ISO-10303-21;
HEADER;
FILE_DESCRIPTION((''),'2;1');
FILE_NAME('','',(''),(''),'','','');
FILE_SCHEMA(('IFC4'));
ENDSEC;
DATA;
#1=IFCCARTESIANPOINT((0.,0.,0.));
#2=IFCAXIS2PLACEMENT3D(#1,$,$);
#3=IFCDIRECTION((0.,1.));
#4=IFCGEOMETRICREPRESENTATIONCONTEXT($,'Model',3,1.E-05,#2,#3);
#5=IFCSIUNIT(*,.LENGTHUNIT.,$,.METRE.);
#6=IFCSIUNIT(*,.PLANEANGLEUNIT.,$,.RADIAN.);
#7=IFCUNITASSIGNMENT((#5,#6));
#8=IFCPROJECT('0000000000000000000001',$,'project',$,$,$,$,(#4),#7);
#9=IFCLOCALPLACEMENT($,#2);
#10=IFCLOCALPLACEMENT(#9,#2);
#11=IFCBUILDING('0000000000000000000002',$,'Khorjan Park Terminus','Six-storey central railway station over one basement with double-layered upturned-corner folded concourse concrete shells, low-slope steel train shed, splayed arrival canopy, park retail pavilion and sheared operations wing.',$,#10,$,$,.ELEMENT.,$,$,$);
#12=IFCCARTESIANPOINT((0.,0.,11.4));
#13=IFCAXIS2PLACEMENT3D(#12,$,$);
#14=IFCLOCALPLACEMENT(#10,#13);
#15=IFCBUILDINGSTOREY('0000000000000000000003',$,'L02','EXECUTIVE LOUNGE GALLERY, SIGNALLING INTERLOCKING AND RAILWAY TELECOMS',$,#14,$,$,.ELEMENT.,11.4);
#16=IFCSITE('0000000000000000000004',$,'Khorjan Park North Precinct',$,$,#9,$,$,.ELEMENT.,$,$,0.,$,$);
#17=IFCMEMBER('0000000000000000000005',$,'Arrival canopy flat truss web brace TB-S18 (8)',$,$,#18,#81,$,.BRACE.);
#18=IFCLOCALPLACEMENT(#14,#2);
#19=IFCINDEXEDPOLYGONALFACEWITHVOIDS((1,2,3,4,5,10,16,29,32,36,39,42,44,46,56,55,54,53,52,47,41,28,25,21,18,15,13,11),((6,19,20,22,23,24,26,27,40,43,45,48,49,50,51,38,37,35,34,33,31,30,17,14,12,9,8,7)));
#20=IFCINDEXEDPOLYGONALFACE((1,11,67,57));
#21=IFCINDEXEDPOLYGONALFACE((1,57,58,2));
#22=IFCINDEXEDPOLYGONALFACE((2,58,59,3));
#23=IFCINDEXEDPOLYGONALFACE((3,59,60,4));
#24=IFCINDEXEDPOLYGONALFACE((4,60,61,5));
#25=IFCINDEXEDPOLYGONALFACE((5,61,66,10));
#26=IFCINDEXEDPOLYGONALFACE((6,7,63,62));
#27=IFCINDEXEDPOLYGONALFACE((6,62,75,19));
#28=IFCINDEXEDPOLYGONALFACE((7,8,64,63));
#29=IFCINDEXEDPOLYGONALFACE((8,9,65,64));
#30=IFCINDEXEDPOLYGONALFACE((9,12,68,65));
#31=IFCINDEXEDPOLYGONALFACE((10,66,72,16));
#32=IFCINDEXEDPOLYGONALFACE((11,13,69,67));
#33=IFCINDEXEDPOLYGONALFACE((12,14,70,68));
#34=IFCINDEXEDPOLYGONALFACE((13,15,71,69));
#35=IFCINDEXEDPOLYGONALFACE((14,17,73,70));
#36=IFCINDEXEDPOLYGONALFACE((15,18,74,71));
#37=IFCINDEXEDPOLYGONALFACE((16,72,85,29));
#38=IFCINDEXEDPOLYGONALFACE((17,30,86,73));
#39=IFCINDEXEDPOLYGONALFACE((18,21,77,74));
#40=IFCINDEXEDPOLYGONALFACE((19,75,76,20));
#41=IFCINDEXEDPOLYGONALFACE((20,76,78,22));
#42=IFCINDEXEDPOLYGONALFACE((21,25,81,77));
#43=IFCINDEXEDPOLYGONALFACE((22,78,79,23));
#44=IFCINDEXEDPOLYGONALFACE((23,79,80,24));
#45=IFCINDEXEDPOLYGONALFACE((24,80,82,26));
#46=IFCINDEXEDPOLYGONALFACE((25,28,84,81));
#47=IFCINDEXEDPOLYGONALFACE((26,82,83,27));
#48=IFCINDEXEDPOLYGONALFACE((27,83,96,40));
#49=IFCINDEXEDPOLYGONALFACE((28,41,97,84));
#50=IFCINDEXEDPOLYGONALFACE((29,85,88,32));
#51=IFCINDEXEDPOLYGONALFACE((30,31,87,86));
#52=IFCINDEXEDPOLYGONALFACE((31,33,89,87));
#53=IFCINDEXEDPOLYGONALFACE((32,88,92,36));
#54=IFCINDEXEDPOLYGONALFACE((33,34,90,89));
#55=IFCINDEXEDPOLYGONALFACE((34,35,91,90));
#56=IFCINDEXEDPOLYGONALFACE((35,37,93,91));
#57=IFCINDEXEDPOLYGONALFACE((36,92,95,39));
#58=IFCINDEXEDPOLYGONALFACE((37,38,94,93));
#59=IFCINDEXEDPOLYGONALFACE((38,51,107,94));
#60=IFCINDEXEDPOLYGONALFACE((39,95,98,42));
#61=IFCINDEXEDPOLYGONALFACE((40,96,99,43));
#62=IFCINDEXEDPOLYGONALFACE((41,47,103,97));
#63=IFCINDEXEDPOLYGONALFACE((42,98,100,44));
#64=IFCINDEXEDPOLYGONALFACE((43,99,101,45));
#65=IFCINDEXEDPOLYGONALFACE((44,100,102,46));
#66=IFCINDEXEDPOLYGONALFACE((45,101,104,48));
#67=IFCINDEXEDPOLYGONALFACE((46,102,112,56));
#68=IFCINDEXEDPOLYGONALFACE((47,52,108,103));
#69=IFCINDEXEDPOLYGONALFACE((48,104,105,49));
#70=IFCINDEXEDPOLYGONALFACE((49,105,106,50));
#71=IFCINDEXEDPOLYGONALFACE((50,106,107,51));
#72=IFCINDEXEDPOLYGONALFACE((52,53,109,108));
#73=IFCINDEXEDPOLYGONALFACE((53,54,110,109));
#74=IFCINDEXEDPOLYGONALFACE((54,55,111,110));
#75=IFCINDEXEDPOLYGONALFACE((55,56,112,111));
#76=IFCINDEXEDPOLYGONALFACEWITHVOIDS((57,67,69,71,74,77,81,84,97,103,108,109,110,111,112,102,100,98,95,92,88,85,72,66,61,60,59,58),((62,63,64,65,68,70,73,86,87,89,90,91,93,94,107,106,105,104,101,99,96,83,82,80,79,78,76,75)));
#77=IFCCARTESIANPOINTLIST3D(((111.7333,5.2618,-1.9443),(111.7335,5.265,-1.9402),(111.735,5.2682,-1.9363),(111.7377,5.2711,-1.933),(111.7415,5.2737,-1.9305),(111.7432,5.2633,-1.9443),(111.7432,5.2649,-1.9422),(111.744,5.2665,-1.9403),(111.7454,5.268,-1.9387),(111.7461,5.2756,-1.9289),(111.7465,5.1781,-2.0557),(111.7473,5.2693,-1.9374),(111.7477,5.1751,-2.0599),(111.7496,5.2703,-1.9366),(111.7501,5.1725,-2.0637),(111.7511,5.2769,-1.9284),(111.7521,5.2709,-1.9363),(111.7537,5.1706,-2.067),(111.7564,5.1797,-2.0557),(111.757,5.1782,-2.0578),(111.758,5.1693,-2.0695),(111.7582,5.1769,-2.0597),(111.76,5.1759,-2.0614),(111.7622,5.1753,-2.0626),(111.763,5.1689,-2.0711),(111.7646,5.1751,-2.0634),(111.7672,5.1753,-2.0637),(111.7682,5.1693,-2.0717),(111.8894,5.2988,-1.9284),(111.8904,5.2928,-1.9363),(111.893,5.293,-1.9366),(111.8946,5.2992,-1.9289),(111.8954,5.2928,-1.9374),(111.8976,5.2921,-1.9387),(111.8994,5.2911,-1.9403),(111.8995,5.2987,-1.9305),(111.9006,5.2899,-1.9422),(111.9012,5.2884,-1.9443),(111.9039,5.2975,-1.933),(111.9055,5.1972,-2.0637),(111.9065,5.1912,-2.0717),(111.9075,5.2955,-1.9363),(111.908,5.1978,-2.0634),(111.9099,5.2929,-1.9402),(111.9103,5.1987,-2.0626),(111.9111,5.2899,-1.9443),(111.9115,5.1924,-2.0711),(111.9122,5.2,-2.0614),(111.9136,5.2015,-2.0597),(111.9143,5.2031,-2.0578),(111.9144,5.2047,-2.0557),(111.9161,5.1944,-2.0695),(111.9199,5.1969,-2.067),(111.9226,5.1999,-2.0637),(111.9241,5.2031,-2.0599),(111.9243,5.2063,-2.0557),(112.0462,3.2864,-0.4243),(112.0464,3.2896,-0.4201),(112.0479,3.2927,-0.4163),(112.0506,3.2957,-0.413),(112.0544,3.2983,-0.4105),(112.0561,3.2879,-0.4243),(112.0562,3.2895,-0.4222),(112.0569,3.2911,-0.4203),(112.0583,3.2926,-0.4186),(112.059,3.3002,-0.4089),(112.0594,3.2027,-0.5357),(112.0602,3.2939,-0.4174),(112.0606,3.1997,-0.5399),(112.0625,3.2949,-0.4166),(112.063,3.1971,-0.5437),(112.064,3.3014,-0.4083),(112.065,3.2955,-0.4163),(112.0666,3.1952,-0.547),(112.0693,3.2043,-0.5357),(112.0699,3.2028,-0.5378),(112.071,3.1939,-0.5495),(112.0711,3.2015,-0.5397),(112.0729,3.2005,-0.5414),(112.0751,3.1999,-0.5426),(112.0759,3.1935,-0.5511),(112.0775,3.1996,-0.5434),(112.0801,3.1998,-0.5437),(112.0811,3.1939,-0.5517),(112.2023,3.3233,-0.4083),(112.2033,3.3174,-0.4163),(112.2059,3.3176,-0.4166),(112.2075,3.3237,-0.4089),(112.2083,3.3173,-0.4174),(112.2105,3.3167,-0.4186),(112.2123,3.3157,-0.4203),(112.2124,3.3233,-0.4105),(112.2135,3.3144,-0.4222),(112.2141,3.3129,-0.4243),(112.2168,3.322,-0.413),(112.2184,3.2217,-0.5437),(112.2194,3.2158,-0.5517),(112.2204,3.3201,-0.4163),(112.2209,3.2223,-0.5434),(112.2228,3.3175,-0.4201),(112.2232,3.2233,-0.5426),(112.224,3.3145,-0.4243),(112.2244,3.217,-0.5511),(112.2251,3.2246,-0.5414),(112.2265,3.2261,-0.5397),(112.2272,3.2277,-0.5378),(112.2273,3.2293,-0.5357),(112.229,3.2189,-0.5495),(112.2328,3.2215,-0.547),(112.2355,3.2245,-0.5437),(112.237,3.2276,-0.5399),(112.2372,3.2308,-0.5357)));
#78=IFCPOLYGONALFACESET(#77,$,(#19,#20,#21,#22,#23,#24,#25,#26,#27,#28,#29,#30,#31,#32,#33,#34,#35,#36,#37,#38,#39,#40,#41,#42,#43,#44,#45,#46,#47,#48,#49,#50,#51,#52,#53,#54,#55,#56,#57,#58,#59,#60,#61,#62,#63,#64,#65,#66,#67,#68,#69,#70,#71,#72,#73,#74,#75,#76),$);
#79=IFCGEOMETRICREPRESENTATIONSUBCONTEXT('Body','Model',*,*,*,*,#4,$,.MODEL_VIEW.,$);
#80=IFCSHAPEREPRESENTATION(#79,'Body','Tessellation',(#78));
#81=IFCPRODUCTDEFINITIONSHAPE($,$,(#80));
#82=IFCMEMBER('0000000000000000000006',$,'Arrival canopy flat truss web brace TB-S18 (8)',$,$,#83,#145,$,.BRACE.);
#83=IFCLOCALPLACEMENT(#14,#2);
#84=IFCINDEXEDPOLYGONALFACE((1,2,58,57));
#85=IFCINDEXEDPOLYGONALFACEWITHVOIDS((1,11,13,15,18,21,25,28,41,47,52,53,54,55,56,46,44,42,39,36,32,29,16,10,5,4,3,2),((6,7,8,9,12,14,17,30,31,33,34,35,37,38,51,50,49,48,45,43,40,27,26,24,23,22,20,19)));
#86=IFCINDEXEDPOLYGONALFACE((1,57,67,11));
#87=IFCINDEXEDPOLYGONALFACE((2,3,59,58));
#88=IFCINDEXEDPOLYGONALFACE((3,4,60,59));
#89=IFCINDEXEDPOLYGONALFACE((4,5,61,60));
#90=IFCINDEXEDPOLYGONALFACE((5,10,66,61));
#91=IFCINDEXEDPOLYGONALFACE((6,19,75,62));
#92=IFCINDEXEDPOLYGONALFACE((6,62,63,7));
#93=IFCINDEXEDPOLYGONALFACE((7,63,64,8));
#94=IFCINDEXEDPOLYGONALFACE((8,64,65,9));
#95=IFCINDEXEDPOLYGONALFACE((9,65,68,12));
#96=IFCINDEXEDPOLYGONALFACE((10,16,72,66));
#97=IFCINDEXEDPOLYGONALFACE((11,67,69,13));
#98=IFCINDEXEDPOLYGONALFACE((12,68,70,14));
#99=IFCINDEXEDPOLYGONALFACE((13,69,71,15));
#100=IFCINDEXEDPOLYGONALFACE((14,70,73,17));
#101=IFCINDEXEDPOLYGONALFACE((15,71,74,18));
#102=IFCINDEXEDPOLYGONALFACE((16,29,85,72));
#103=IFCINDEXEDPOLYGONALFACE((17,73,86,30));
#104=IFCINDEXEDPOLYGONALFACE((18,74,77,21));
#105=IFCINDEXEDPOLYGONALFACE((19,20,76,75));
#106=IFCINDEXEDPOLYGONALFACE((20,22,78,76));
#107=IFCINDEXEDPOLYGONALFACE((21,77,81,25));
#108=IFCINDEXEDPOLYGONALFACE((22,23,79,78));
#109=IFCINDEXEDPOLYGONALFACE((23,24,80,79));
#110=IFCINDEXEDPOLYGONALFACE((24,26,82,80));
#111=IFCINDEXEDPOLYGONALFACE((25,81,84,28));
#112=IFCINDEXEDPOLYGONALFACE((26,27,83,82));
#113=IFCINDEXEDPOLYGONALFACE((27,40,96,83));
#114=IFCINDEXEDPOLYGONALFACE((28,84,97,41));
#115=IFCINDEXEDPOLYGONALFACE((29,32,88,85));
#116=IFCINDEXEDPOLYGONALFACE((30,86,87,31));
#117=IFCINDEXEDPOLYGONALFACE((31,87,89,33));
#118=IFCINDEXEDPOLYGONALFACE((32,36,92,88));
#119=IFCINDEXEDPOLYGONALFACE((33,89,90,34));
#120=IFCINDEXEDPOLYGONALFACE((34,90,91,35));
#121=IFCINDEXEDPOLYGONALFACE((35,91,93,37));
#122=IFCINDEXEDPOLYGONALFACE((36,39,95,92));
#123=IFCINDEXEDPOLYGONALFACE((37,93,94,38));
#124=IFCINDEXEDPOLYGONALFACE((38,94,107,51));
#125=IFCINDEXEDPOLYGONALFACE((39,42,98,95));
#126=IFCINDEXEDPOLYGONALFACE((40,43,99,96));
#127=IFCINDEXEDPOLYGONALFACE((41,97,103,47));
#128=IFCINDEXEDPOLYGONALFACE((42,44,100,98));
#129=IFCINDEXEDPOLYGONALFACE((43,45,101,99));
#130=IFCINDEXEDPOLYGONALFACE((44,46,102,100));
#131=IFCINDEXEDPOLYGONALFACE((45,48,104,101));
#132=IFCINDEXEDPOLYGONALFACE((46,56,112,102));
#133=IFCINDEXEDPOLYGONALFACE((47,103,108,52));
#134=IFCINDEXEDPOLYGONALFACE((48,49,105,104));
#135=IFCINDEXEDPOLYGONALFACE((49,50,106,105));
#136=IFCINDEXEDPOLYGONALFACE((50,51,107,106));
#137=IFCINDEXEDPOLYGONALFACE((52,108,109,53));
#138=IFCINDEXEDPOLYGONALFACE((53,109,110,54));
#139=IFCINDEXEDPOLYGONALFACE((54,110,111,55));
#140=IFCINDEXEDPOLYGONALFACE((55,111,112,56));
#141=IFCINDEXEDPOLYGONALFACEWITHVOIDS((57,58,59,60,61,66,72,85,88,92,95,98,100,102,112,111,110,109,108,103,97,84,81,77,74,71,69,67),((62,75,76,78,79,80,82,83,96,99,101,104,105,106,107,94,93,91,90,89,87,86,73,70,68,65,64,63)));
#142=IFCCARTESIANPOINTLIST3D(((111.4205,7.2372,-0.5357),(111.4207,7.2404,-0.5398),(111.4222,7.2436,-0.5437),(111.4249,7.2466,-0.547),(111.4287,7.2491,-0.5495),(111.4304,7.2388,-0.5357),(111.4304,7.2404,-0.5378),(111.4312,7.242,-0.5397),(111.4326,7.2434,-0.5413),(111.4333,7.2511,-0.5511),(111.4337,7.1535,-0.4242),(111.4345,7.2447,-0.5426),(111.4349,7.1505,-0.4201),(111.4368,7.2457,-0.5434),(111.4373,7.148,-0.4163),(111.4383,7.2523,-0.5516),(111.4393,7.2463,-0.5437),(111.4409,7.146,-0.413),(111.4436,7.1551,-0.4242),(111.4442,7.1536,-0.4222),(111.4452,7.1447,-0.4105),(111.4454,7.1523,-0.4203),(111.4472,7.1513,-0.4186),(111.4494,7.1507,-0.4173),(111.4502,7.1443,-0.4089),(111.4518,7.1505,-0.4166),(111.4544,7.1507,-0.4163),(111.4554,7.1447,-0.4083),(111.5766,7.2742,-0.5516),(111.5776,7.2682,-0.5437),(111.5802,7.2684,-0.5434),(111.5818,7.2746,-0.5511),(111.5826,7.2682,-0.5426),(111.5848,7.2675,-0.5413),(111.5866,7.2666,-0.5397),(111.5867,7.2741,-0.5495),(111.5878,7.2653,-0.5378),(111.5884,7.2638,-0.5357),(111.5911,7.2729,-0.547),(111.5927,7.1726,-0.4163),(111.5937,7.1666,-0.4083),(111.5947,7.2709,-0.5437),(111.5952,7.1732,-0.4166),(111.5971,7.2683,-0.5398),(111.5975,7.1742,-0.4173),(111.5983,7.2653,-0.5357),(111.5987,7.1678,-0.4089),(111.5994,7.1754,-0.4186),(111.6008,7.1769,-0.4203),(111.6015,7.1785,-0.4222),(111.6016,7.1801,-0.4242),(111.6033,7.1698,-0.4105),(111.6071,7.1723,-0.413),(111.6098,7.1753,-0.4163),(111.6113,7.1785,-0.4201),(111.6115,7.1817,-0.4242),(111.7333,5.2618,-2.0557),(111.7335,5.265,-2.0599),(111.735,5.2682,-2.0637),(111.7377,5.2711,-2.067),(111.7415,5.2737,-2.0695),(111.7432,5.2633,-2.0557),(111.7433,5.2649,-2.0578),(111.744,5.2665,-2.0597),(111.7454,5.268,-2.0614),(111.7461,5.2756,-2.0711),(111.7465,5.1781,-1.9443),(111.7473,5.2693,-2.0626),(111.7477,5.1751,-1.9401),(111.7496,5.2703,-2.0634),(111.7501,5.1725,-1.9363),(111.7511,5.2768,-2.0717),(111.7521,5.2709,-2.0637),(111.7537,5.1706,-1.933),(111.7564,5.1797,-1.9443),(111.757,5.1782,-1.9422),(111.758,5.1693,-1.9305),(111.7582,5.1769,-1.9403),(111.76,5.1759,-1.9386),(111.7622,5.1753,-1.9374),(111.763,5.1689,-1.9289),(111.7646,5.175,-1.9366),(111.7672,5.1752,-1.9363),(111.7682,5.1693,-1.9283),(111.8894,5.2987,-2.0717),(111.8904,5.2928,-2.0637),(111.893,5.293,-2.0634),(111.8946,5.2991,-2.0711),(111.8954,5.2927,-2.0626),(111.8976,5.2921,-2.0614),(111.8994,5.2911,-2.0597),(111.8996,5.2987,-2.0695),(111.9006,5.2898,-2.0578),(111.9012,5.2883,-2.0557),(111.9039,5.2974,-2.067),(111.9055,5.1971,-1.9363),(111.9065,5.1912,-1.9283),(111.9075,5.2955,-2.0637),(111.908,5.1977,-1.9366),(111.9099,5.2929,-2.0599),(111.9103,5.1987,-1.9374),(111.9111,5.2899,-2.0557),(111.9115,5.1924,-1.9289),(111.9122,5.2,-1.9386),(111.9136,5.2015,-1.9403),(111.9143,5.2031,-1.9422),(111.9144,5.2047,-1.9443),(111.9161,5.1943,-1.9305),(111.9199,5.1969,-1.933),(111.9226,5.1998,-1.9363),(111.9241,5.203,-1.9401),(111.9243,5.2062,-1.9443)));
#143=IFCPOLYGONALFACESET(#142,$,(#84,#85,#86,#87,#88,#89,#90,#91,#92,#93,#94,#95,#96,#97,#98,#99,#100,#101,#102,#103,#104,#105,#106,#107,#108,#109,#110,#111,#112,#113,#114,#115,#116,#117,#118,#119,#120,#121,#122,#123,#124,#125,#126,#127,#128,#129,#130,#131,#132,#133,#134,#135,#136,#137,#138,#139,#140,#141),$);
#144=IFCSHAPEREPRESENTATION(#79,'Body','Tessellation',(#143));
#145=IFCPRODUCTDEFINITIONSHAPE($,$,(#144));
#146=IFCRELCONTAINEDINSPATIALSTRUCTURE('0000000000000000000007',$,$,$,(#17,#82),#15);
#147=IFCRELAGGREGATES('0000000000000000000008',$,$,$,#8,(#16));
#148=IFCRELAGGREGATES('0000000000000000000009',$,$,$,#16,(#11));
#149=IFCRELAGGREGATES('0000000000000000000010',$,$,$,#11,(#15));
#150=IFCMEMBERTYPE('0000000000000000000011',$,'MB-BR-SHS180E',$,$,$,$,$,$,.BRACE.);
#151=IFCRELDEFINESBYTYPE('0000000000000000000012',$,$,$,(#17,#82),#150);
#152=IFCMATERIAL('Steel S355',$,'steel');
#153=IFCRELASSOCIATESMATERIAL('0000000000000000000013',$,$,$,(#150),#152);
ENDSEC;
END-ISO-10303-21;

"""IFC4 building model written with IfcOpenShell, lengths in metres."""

from ifc_helpers import new_model, si_unit, direction, frame, origin, origin_2d, place, context, subcontext, project, spatial, hollow_rectangle, extrude, material, material_profile, profile_set, type_object, element, save


model = new_model("IFC4")

# Units and contexts
model_context = context("Model", 3, precision=1e-05, world=origin(), true_north=direction((0.0, 1.0)))
body_context = subcontext(model_context, "Body", "Model", "MODEL_VIEW")
ifc_project = project(units=[si_unit("LENGTHUNIT", "METRE"), si_unit("PLANEANGLEUNIT", "RADIAN")], contexts=[model_context])

# Site, building, storey
site_placement = place(None, origin())
site = spatial("IfcSite", under=ifc_project, at=site_placement, Name="Khorjan Park North Precinct", CompositionType="ELEMENT", RefElevation=0.0)
building_placement = place(site_placement, origin())
building = spatial("IfcBuilding", under=site, at=building_placement, Name="Khorjan Park Terminus", Description="Six-storey central railway station over one basement with double-layered upturned-corner folded concourse concrete shells, low-slope steel train shed, splayed arrival canopy, park retail pavilion and sheared operations wing.", CompositionType="ELEMENT")
storey_placement = place(building_placement, frame((0.0, 0.0, 11.4)))
storey = spatial("IfcBuildingStorey", under=building, at=storey_placement, Name="L02", Description="EXECUTIVE LOUNGE GALLERY, SIGNALLING INTERLOCKING AND RAILWAY TELECOMS", CompositionType="ELEMENT", Elevation=11.4)

# Members
ifc_material_1 = material(Name="Steel S355", Category="steel")
ifc_material_profile_1 = material_profile(ifc_material_1, hollow_rectangle(XDim=0.18, YDim=0.18, WallThickness=0.01, InnerFilletRadius=0.01, OuterFilletRadius=0.02, at=origin_2d()), Name="SHS 180x180x10")
ifc_profile_set_1 = profile_set([ifc_material_profile_1], Name="Steel S355")
member_type_1 = type_object("IfcMemberType", Name="MB-BR-SHS180E", PredefinedType="BRACE", material=ifc_profile_set_1)
for number, where, z_axis, x_axis, name in (
    (1, (112.1417, 3.2586, -0.48), (-0.124558, 0.786362, -0.605078), (-0.987686, -0.156448, 0.0), "Arrival canopy flat truss web brace TB-S18 (8)"),
    (2, (111.8288, 5.234, -2.0), (-0.124519, 0.786366, 0.605081), (-0.987694, -0.156399, 0.0), "Arrival canopy flat truss web brace TB-S18 (8)"),
):
    element("IfcMember", number, at=place(storey_placement, frame(where, z_axis=z_axis, x_axis=x_axis)), inside=storey, type_object=member_type_1, Name=name, PredefinedType="BRACE", context=body_context, shape_type="SweptSolid", body=[
        extrude(hollow_rectangle(XDim=0.18, YDim=0.18, WallThickness=0.01, InnerFilletRadius=0.01, OuterFilletRadius=0.02, at=origin_2d()), origin(), (0.0, 0.0, 1.0), 2.5121),
    ])

save(model, "model.ifc")
